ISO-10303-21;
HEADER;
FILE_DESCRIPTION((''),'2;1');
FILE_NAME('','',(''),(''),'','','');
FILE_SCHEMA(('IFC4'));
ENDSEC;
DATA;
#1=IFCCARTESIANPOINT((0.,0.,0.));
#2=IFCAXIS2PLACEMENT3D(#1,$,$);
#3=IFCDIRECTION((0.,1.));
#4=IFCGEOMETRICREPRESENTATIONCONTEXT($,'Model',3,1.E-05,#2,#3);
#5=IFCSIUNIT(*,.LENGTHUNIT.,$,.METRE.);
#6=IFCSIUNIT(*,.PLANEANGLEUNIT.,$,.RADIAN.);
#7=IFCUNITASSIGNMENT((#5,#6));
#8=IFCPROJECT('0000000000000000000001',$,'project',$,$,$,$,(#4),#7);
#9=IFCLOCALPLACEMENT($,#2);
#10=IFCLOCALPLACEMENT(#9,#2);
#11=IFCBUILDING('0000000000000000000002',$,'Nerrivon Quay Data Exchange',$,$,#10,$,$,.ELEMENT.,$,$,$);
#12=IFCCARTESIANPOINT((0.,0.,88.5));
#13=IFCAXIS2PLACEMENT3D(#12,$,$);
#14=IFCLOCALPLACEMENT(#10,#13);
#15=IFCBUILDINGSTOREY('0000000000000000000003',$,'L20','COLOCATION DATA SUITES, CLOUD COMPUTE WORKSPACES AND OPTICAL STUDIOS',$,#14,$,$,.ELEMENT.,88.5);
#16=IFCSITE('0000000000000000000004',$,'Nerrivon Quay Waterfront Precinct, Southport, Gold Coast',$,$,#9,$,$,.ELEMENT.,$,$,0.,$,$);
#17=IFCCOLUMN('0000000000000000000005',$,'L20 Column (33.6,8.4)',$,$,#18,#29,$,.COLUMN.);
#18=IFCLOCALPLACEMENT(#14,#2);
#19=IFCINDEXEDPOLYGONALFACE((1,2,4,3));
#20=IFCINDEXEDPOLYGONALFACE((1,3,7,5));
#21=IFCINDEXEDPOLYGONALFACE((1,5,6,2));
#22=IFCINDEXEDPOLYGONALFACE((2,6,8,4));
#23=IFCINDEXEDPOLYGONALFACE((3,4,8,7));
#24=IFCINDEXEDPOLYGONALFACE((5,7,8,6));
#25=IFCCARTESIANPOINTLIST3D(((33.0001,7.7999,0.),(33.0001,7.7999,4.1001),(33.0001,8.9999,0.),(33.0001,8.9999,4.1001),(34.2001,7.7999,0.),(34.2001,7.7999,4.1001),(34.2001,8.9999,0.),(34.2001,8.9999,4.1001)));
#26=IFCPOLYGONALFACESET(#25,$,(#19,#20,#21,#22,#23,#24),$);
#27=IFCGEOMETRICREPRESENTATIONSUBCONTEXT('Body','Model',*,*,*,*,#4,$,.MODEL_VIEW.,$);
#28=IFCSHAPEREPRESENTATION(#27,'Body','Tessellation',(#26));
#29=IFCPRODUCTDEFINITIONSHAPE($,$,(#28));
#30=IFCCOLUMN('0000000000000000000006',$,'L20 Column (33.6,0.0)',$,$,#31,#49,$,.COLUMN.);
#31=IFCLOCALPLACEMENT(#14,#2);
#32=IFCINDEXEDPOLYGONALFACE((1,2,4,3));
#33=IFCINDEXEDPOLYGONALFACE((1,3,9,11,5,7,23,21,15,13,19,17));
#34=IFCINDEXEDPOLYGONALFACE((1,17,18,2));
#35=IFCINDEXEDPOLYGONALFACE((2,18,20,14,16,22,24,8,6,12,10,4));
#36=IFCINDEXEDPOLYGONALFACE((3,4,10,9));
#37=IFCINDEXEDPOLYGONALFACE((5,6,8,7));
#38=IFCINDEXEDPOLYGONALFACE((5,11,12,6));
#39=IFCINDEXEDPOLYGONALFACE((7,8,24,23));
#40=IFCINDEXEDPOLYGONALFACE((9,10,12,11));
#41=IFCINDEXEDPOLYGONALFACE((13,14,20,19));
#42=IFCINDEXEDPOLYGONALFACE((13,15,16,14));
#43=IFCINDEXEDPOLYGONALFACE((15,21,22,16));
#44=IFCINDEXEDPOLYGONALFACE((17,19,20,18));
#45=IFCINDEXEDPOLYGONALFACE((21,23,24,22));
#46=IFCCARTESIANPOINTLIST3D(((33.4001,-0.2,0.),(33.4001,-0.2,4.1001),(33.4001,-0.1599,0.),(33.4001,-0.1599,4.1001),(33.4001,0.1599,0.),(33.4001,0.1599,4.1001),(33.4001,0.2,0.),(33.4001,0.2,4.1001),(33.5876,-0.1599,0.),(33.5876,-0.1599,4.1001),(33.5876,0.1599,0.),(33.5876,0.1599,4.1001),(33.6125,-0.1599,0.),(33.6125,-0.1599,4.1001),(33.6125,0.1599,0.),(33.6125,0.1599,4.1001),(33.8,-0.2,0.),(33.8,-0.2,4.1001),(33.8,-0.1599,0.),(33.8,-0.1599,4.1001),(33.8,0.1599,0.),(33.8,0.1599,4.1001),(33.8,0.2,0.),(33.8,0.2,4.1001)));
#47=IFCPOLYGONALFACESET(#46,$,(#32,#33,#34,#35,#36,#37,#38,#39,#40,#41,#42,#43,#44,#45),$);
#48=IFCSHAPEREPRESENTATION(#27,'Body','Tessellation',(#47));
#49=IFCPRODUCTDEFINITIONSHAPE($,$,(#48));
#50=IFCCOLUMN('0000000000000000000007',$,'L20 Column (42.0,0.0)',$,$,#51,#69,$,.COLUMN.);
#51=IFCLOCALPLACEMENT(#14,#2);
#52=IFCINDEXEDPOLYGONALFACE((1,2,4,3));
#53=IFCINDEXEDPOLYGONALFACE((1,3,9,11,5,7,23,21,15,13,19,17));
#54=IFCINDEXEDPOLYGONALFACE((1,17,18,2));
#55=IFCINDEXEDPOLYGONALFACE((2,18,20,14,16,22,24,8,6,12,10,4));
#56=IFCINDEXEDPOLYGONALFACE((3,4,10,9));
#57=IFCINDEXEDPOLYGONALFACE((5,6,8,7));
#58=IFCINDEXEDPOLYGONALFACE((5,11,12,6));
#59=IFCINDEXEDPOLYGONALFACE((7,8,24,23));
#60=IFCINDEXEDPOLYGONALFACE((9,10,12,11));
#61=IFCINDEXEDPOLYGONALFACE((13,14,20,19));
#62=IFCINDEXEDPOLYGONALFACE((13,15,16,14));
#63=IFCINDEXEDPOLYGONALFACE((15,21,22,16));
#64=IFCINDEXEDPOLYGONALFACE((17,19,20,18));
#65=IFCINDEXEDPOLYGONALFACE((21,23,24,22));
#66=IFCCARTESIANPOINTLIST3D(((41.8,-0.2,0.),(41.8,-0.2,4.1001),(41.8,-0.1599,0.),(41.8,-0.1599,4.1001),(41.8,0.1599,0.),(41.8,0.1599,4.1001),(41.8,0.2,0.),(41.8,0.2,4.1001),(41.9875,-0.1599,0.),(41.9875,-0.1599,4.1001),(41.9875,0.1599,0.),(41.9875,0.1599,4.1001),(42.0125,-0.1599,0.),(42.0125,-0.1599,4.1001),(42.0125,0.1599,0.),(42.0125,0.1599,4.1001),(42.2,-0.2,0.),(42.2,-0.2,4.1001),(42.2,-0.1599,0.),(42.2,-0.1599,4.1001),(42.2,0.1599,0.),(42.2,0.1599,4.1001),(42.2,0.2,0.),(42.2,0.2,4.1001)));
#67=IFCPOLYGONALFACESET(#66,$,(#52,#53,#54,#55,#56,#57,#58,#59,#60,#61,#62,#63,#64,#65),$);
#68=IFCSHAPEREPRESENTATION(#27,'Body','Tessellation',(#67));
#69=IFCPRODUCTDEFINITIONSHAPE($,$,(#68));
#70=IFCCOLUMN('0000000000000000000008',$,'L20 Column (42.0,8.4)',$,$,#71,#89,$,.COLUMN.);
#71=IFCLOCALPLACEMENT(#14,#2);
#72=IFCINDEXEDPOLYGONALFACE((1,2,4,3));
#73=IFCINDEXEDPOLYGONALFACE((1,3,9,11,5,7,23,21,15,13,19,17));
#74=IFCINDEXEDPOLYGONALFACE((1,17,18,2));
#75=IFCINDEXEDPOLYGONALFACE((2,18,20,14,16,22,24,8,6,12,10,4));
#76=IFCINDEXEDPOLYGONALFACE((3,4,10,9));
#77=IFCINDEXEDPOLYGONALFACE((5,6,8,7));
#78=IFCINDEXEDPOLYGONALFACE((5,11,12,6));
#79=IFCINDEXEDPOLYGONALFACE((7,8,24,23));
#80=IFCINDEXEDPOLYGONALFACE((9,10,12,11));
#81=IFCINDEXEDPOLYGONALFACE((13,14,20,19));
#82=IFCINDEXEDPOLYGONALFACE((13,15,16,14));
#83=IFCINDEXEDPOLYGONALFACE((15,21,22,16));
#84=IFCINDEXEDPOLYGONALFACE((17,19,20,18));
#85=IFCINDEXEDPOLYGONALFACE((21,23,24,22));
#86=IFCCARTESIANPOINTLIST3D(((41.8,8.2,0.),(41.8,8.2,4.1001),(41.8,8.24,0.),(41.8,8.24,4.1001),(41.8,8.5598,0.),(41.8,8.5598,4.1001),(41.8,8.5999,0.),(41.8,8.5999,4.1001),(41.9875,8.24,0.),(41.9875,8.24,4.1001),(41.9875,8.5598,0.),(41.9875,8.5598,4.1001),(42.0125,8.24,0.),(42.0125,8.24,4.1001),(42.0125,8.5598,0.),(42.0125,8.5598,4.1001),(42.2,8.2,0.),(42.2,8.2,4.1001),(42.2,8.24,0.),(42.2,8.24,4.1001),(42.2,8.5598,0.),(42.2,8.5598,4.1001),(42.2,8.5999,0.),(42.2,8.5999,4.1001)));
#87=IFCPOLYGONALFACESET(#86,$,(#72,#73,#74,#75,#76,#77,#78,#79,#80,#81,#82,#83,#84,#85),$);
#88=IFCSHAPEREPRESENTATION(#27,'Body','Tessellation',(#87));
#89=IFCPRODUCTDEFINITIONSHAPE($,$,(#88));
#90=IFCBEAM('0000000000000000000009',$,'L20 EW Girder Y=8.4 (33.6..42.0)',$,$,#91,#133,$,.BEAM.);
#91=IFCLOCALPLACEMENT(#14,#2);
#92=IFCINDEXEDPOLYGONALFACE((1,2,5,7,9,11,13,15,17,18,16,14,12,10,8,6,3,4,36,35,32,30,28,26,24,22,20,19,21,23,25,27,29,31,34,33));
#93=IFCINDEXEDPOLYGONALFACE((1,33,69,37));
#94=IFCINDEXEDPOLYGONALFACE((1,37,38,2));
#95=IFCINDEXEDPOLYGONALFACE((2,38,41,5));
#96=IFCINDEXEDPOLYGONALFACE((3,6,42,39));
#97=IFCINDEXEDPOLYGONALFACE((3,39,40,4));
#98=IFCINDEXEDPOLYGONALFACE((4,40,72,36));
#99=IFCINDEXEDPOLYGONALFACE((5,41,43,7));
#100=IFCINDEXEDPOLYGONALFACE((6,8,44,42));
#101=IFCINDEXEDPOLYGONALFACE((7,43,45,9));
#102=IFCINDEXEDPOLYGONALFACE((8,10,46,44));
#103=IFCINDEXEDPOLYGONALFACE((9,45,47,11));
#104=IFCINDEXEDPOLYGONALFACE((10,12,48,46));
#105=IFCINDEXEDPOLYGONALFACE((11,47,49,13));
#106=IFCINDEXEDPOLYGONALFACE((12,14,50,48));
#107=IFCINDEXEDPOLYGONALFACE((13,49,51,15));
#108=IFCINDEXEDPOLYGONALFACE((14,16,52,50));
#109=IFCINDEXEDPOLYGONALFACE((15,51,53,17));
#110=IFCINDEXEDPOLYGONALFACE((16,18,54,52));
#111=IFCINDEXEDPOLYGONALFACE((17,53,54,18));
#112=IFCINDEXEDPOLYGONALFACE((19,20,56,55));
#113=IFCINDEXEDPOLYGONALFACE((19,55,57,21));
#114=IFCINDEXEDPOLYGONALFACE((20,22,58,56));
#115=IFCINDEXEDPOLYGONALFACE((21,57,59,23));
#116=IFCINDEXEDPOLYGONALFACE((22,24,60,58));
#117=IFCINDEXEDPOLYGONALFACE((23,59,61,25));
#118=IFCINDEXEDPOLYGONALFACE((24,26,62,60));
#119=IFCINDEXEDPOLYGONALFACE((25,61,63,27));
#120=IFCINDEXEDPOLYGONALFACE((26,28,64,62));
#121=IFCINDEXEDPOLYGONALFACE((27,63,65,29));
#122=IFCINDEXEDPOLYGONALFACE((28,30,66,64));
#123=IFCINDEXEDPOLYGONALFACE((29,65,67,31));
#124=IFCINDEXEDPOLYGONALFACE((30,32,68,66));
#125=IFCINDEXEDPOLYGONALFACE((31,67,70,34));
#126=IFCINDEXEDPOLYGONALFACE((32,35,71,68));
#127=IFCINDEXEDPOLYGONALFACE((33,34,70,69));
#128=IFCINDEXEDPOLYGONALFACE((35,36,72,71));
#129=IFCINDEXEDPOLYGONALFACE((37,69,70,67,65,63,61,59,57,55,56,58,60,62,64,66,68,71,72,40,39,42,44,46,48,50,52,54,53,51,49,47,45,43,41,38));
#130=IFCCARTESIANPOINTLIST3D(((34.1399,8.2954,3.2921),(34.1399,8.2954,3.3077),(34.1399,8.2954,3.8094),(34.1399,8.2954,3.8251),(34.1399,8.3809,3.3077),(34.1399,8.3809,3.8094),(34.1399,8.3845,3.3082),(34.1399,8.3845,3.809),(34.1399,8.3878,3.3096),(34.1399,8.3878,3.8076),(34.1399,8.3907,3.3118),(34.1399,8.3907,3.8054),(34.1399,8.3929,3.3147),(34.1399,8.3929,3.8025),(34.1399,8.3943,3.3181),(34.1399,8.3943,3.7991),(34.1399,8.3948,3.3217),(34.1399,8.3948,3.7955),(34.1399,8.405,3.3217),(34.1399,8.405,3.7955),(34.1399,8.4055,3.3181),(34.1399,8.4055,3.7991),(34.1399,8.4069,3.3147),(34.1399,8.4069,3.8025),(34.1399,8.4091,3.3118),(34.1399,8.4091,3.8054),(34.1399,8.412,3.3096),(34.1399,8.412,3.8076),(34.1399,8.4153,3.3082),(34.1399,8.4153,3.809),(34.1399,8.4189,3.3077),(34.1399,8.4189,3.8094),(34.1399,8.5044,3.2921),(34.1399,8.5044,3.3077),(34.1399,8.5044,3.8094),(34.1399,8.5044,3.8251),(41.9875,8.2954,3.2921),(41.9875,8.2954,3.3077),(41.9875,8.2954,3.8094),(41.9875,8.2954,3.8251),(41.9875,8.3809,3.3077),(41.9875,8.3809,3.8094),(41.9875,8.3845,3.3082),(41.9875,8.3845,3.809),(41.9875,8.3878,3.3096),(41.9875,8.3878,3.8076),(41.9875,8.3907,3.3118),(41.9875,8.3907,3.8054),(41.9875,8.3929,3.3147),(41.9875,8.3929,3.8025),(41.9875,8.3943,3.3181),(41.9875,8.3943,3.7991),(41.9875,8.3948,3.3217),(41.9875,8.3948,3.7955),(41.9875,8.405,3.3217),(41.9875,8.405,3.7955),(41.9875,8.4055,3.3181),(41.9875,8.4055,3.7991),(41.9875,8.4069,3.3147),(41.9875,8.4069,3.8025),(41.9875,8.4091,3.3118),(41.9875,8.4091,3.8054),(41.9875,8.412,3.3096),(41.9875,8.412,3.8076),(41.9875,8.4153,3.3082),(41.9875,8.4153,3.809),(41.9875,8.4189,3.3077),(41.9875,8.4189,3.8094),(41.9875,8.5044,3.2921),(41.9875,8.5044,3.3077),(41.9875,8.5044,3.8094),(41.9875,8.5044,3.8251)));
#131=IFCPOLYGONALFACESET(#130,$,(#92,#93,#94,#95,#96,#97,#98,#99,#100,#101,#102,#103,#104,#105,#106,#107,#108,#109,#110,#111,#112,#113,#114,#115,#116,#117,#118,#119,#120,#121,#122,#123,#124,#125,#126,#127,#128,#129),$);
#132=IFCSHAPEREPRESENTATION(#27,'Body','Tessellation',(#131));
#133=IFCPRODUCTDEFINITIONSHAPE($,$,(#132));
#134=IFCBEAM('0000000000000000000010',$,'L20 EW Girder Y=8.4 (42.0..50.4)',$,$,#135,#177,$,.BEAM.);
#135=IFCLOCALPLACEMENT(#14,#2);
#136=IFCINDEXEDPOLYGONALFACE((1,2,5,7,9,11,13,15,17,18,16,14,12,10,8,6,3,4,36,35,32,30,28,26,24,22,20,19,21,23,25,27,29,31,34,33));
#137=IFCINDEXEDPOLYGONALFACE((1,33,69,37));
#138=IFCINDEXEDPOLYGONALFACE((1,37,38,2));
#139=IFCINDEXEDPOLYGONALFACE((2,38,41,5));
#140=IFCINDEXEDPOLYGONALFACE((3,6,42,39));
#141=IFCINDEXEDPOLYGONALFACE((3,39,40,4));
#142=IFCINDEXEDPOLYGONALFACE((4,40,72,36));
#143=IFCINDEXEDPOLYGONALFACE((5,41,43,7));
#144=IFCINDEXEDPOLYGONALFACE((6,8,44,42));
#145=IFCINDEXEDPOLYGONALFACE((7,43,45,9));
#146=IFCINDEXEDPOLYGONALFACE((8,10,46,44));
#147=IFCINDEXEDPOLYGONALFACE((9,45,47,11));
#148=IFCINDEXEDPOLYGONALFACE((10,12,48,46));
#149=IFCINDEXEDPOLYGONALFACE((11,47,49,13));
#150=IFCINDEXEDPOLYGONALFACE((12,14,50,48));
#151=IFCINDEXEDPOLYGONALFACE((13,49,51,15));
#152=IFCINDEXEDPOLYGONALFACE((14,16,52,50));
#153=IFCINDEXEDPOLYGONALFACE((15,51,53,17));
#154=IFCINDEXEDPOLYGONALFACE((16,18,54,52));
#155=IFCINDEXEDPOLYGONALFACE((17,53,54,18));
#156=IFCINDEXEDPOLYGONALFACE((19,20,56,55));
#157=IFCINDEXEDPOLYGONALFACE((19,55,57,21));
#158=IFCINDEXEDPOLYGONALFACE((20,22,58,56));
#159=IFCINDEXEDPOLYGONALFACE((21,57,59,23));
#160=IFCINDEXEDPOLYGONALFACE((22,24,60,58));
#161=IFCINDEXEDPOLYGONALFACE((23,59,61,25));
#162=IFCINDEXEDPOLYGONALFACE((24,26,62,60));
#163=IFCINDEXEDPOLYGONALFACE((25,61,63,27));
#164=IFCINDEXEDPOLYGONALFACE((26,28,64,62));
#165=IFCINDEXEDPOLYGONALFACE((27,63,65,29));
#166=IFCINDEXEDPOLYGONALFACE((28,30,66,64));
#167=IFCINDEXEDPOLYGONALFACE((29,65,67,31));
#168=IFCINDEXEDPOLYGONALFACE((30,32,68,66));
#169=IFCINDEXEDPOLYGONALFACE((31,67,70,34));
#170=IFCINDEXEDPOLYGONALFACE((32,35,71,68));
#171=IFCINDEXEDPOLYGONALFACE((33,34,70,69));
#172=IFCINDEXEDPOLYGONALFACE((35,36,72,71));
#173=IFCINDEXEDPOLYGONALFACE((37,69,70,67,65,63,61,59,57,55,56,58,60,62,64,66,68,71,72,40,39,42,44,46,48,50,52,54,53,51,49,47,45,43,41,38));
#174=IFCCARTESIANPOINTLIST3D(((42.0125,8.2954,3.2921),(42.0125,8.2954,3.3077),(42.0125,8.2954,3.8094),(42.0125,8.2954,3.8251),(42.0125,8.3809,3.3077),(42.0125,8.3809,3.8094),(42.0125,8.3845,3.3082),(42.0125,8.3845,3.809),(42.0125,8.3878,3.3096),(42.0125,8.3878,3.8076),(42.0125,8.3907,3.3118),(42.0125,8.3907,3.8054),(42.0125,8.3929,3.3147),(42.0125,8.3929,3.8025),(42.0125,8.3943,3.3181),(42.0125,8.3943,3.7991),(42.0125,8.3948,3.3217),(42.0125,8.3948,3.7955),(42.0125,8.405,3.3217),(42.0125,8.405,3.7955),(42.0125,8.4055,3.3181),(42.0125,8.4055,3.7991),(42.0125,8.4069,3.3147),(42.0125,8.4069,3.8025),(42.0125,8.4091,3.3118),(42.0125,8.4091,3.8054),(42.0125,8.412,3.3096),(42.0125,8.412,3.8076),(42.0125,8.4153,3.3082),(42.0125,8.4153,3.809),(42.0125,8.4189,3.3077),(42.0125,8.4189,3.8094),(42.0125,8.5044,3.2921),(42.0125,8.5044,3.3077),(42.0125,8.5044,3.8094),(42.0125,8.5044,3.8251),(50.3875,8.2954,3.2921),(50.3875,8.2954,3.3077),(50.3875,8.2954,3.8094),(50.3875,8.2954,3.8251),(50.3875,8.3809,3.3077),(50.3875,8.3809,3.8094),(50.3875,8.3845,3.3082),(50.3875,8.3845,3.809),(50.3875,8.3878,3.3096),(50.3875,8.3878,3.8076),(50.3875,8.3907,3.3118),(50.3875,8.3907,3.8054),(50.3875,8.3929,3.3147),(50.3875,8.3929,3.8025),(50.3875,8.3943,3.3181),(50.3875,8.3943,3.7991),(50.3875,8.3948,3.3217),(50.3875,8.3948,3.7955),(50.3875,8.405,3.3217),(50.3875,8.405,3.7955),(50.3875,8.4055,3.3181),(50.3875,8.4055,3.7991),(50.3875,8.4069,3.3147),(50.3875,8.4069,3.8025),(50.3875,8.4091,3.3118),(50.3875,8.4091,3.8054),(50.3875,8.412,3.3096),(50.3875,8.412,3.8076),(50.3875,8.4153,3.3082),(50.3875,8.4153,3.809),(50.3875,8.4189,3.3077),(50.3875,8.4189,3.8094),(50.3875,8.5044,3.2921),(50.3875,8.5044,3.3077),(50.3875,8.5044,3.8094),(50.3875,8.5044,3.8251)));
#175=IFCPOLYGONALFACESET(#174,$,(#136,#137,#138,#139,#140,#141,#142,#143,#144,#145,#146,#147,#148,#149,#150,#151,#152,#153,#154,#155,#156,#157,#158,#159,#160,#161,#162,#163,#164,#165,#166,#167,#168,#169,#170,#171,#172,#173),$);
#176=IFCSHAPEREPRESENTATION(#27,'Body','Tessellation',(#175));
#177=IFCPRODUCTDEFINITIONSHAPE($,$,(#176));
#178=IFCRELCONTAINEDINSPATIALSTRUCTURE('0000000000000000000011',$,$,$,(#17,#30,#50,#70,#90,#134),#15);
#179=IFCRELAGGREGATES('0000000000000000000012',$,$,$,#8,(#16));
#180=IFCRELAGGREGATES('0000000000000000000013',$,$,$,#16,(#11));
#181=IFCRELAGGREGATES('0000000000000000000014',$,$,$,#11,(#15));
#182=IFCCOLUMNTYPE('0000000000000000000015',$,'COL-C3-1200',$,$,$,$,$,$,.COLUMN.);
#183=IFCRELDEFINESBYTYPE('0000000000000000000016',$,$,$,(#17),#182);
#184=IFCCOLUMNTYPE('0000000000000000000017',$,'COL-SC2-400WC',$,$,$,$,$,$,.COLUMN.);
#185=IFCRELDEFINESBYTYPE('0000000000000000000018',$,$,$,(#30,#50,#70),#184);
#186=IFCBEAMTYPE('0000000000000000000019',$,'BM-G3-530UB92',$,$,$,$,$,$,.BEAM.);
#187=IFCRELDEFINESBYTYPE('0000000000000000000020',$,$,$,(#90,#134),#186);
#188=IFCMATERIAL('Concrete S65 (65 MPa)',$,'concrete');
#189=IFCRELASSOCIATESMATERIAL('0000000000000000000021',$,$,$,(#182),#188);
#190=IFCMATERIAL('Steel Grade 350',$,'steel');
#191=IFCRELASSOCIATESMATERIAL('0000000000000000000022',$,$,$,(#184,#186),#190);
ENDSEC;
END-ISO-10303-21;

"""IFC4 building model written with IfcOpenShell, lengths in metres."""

from ifc_helpers import new_model, si_unit, direction, frame, origin, origin_2d, place, context, subcontext, project, spatial, rectangle, i_section, extrude, material, material_profile, profile_set, type_object, element, save


model = new_model("IFC4")

# Units and contexts
model_context = context("Model", 3, precision=1e-05, world=origin(), true_north=direction((0.0, 1.0)))
body_context = subcontext(model_context, "Body", "Model", "MODEL_VIEW")
ifc_project = project(units=[si_unit("LENGTHUNIT", "METRE"), si_unit("PLANEANGLEUNIT", "RADIAN")], contexts=[model_context])

# Site, building, storey
site_placement = place(None, origin())
site = spatial("IfcSite", under=ifc_project, at=site_placement, Name="Nerrivon Quay Waterfront Precinct, Southport, Gold Coast", CompositionType="ELEMENT", RefElevation=0.0)
building_placement = place(site_placement, origin())
building = spatial("IfcBuilding", under=site, at=building_placement, Name="Nerrivon Quay Data Exchange", CompositionType="ELEMENT")
storey_placement = place(building_placement, frame((0.0, 0.0, 88.5)))
storey = spatial("IfcBuildingStorey", under=building, at=storey_placement, Name="L20", Description="COLOCATION DATA SUITES, CLOUD COMPUTE WORKSPACES AND OPTICAL STUDIOS", CompositionType="ELEMENT", Elevation=88.5)

# Columns
ifc_material_1 = material(Name="Concrete S65 (65 MPa)", Category="concrete")
ifc_material_profile_1 = material_profile(ifc_material_1, rectangle(XDim=1.2, YDim=1.2, at=origin_2d()), Name="RC-COL-1200x1200")
ifc_profile_set_1 = profile_set([ifc_material_profile_1], Name="Concrete S65 (65 MPa)")
column_type_1 = type_object("IfcColumnType", Name="COL-C3-1200", PredefinedType="COLUMN", material=ifc_profile_set_1)
column_placement = place(storey_placement, frame((33.6001, 8.3999, 0.0), z_axis=(0.0, 0.0, 1.0), x_axis=(1.0, 0.0, 0.0)))
element("IfcColumn", 1, at=column_placement, inside=storey, type_object=column_type_1, Name="L20 Column (33.6,8.4)", PredefinedType="COLUMN", context=body_context, shape_type="SweptSolid", body=[
    extrude(rectangle(XDim=1.2, YDim=1.2, at=origin_2d()), origin(), (0.0, 0.0, 1.0), 4.1001),
])
ifc_material_2 = material(Name="Steel Grade 350", Category="steel")
ifc_material_profile_2 = material_profile(ifc_material_2, i_section(OverallWidth=0.3999, OverallDepth=0.3999, WebThickness=0.0249, FlangeThickness=0.04, at=origin_2d()), Name="400WC328")
ifc_profile_set_2 = profile_set([ifc_material_profile_2], Name="Steel Grade 350")
column_type_2 = type_object("IfcColumnType", Name="COL-SC2-400WC", PredefinedType="COLUMN", material=ifc_profile_set_2)
for number, where, z_axis, x_axis, name in (
    (2, (33.6001, 0.0, 0.0), (0.0, 0.0, 1.0), (1.0, 0.0, 0.0), "L20 Column (33.6,0.0)"),
    (3, (42.0, 0.0, 0.0), (0.0, 0.0, 1.0), (1.0, 0.0, 0.0), "L20 Column (42.0,0.0)"),
    (4, (42.0, 8.3999, 0.0), (0.0, 0.0, 1.0), (1.0, 0.0, 0.0), "L20 Column (42.0,8.4)"),
):
    element("IfcColumn", number, at=place(storey_placement, frame(where, z_axis=z_axis, x_axis=x_axis)), inside=storey, type_object=column_type_2, Name=name, PredefinedType="COLUMN", context=body_context, shape_type="SweptSolid", body=[
        extrude(i_section(OverallWidth=0.3999, OverallDepth=0.3999, WebThickness=0.0249, FlangeThickness=0.04, at=origin_2d()), origin(), (0.0, 0.0, 1.0), 4.1001),
    ])

# Beams
ifc_material_profile_3 = material_profile(ifc_material_2, i_section(OverallWidth=0.209, OverallDepth=0.533, WebThickness=0.0103, FlangeThickness=0.0156, FilletRadius=0.0139, at=origin_2d()), Name="530UB92.4")
ifc_profile_set_3 = profile_set([ifc_material_profile_3], Name="Steel Grade 350")
beam_type_1 = type_object("IfcBeamType", Name="BM-G3-530UB92", PredefinedType="BEAM", material=ifc_profile_set_3)
beam_1_placement = place(storey_placement, frame((34.1399, 8.3999, 3.5586), z_axis=(1.0, 0.0, 0.0), x_axis=(0.0, 1.0, 0.0)))
element("IfcBeam", 5, at=beam_1_placement, inside=storey, type_object=beam_type_1, Name="L20 EW Girder Y=8.4 (33.6..42.0)", PredefinedType="BEAM", context=body_context, shape_type="SweptSolid", body=[
    extrude(i_section(OverallWidth=0.209, OverallDepth=0.533, WebThickness=0.0103, FlangeThickness=0.0156, FilletRadius=0.0139, at=origin_2d()), origin(), (0.0, 0.0, 1.0), 7.8477),
])
beam_2_placement = place(storey_placement, frame((42.0125, 8.3999, 3.5586), z_axis=(1.0, 0.0, 0.0), x_axis=(0.0, 1.0, 0.0)))
element("IfcBeam", 6, at=beam_2_placement, inside=storey, type_object=beam_type_1, Name="L20 EW Girder Y=8.4 (42.0..50.4)", PredefinedType="BEAM", context=body_context, shape_type="SweptSolid", body=[
    extrude(i_section(OverallWidth=0.209, OverallDepth=0.533, WebThickness=0.0103, FlangeThickness=0.0156, FilletRadius=0.0139, at=origin_2d()), origin(), (0.0, 0.0, 1.0), 8.375),
])

save(model, "model.ifc")
